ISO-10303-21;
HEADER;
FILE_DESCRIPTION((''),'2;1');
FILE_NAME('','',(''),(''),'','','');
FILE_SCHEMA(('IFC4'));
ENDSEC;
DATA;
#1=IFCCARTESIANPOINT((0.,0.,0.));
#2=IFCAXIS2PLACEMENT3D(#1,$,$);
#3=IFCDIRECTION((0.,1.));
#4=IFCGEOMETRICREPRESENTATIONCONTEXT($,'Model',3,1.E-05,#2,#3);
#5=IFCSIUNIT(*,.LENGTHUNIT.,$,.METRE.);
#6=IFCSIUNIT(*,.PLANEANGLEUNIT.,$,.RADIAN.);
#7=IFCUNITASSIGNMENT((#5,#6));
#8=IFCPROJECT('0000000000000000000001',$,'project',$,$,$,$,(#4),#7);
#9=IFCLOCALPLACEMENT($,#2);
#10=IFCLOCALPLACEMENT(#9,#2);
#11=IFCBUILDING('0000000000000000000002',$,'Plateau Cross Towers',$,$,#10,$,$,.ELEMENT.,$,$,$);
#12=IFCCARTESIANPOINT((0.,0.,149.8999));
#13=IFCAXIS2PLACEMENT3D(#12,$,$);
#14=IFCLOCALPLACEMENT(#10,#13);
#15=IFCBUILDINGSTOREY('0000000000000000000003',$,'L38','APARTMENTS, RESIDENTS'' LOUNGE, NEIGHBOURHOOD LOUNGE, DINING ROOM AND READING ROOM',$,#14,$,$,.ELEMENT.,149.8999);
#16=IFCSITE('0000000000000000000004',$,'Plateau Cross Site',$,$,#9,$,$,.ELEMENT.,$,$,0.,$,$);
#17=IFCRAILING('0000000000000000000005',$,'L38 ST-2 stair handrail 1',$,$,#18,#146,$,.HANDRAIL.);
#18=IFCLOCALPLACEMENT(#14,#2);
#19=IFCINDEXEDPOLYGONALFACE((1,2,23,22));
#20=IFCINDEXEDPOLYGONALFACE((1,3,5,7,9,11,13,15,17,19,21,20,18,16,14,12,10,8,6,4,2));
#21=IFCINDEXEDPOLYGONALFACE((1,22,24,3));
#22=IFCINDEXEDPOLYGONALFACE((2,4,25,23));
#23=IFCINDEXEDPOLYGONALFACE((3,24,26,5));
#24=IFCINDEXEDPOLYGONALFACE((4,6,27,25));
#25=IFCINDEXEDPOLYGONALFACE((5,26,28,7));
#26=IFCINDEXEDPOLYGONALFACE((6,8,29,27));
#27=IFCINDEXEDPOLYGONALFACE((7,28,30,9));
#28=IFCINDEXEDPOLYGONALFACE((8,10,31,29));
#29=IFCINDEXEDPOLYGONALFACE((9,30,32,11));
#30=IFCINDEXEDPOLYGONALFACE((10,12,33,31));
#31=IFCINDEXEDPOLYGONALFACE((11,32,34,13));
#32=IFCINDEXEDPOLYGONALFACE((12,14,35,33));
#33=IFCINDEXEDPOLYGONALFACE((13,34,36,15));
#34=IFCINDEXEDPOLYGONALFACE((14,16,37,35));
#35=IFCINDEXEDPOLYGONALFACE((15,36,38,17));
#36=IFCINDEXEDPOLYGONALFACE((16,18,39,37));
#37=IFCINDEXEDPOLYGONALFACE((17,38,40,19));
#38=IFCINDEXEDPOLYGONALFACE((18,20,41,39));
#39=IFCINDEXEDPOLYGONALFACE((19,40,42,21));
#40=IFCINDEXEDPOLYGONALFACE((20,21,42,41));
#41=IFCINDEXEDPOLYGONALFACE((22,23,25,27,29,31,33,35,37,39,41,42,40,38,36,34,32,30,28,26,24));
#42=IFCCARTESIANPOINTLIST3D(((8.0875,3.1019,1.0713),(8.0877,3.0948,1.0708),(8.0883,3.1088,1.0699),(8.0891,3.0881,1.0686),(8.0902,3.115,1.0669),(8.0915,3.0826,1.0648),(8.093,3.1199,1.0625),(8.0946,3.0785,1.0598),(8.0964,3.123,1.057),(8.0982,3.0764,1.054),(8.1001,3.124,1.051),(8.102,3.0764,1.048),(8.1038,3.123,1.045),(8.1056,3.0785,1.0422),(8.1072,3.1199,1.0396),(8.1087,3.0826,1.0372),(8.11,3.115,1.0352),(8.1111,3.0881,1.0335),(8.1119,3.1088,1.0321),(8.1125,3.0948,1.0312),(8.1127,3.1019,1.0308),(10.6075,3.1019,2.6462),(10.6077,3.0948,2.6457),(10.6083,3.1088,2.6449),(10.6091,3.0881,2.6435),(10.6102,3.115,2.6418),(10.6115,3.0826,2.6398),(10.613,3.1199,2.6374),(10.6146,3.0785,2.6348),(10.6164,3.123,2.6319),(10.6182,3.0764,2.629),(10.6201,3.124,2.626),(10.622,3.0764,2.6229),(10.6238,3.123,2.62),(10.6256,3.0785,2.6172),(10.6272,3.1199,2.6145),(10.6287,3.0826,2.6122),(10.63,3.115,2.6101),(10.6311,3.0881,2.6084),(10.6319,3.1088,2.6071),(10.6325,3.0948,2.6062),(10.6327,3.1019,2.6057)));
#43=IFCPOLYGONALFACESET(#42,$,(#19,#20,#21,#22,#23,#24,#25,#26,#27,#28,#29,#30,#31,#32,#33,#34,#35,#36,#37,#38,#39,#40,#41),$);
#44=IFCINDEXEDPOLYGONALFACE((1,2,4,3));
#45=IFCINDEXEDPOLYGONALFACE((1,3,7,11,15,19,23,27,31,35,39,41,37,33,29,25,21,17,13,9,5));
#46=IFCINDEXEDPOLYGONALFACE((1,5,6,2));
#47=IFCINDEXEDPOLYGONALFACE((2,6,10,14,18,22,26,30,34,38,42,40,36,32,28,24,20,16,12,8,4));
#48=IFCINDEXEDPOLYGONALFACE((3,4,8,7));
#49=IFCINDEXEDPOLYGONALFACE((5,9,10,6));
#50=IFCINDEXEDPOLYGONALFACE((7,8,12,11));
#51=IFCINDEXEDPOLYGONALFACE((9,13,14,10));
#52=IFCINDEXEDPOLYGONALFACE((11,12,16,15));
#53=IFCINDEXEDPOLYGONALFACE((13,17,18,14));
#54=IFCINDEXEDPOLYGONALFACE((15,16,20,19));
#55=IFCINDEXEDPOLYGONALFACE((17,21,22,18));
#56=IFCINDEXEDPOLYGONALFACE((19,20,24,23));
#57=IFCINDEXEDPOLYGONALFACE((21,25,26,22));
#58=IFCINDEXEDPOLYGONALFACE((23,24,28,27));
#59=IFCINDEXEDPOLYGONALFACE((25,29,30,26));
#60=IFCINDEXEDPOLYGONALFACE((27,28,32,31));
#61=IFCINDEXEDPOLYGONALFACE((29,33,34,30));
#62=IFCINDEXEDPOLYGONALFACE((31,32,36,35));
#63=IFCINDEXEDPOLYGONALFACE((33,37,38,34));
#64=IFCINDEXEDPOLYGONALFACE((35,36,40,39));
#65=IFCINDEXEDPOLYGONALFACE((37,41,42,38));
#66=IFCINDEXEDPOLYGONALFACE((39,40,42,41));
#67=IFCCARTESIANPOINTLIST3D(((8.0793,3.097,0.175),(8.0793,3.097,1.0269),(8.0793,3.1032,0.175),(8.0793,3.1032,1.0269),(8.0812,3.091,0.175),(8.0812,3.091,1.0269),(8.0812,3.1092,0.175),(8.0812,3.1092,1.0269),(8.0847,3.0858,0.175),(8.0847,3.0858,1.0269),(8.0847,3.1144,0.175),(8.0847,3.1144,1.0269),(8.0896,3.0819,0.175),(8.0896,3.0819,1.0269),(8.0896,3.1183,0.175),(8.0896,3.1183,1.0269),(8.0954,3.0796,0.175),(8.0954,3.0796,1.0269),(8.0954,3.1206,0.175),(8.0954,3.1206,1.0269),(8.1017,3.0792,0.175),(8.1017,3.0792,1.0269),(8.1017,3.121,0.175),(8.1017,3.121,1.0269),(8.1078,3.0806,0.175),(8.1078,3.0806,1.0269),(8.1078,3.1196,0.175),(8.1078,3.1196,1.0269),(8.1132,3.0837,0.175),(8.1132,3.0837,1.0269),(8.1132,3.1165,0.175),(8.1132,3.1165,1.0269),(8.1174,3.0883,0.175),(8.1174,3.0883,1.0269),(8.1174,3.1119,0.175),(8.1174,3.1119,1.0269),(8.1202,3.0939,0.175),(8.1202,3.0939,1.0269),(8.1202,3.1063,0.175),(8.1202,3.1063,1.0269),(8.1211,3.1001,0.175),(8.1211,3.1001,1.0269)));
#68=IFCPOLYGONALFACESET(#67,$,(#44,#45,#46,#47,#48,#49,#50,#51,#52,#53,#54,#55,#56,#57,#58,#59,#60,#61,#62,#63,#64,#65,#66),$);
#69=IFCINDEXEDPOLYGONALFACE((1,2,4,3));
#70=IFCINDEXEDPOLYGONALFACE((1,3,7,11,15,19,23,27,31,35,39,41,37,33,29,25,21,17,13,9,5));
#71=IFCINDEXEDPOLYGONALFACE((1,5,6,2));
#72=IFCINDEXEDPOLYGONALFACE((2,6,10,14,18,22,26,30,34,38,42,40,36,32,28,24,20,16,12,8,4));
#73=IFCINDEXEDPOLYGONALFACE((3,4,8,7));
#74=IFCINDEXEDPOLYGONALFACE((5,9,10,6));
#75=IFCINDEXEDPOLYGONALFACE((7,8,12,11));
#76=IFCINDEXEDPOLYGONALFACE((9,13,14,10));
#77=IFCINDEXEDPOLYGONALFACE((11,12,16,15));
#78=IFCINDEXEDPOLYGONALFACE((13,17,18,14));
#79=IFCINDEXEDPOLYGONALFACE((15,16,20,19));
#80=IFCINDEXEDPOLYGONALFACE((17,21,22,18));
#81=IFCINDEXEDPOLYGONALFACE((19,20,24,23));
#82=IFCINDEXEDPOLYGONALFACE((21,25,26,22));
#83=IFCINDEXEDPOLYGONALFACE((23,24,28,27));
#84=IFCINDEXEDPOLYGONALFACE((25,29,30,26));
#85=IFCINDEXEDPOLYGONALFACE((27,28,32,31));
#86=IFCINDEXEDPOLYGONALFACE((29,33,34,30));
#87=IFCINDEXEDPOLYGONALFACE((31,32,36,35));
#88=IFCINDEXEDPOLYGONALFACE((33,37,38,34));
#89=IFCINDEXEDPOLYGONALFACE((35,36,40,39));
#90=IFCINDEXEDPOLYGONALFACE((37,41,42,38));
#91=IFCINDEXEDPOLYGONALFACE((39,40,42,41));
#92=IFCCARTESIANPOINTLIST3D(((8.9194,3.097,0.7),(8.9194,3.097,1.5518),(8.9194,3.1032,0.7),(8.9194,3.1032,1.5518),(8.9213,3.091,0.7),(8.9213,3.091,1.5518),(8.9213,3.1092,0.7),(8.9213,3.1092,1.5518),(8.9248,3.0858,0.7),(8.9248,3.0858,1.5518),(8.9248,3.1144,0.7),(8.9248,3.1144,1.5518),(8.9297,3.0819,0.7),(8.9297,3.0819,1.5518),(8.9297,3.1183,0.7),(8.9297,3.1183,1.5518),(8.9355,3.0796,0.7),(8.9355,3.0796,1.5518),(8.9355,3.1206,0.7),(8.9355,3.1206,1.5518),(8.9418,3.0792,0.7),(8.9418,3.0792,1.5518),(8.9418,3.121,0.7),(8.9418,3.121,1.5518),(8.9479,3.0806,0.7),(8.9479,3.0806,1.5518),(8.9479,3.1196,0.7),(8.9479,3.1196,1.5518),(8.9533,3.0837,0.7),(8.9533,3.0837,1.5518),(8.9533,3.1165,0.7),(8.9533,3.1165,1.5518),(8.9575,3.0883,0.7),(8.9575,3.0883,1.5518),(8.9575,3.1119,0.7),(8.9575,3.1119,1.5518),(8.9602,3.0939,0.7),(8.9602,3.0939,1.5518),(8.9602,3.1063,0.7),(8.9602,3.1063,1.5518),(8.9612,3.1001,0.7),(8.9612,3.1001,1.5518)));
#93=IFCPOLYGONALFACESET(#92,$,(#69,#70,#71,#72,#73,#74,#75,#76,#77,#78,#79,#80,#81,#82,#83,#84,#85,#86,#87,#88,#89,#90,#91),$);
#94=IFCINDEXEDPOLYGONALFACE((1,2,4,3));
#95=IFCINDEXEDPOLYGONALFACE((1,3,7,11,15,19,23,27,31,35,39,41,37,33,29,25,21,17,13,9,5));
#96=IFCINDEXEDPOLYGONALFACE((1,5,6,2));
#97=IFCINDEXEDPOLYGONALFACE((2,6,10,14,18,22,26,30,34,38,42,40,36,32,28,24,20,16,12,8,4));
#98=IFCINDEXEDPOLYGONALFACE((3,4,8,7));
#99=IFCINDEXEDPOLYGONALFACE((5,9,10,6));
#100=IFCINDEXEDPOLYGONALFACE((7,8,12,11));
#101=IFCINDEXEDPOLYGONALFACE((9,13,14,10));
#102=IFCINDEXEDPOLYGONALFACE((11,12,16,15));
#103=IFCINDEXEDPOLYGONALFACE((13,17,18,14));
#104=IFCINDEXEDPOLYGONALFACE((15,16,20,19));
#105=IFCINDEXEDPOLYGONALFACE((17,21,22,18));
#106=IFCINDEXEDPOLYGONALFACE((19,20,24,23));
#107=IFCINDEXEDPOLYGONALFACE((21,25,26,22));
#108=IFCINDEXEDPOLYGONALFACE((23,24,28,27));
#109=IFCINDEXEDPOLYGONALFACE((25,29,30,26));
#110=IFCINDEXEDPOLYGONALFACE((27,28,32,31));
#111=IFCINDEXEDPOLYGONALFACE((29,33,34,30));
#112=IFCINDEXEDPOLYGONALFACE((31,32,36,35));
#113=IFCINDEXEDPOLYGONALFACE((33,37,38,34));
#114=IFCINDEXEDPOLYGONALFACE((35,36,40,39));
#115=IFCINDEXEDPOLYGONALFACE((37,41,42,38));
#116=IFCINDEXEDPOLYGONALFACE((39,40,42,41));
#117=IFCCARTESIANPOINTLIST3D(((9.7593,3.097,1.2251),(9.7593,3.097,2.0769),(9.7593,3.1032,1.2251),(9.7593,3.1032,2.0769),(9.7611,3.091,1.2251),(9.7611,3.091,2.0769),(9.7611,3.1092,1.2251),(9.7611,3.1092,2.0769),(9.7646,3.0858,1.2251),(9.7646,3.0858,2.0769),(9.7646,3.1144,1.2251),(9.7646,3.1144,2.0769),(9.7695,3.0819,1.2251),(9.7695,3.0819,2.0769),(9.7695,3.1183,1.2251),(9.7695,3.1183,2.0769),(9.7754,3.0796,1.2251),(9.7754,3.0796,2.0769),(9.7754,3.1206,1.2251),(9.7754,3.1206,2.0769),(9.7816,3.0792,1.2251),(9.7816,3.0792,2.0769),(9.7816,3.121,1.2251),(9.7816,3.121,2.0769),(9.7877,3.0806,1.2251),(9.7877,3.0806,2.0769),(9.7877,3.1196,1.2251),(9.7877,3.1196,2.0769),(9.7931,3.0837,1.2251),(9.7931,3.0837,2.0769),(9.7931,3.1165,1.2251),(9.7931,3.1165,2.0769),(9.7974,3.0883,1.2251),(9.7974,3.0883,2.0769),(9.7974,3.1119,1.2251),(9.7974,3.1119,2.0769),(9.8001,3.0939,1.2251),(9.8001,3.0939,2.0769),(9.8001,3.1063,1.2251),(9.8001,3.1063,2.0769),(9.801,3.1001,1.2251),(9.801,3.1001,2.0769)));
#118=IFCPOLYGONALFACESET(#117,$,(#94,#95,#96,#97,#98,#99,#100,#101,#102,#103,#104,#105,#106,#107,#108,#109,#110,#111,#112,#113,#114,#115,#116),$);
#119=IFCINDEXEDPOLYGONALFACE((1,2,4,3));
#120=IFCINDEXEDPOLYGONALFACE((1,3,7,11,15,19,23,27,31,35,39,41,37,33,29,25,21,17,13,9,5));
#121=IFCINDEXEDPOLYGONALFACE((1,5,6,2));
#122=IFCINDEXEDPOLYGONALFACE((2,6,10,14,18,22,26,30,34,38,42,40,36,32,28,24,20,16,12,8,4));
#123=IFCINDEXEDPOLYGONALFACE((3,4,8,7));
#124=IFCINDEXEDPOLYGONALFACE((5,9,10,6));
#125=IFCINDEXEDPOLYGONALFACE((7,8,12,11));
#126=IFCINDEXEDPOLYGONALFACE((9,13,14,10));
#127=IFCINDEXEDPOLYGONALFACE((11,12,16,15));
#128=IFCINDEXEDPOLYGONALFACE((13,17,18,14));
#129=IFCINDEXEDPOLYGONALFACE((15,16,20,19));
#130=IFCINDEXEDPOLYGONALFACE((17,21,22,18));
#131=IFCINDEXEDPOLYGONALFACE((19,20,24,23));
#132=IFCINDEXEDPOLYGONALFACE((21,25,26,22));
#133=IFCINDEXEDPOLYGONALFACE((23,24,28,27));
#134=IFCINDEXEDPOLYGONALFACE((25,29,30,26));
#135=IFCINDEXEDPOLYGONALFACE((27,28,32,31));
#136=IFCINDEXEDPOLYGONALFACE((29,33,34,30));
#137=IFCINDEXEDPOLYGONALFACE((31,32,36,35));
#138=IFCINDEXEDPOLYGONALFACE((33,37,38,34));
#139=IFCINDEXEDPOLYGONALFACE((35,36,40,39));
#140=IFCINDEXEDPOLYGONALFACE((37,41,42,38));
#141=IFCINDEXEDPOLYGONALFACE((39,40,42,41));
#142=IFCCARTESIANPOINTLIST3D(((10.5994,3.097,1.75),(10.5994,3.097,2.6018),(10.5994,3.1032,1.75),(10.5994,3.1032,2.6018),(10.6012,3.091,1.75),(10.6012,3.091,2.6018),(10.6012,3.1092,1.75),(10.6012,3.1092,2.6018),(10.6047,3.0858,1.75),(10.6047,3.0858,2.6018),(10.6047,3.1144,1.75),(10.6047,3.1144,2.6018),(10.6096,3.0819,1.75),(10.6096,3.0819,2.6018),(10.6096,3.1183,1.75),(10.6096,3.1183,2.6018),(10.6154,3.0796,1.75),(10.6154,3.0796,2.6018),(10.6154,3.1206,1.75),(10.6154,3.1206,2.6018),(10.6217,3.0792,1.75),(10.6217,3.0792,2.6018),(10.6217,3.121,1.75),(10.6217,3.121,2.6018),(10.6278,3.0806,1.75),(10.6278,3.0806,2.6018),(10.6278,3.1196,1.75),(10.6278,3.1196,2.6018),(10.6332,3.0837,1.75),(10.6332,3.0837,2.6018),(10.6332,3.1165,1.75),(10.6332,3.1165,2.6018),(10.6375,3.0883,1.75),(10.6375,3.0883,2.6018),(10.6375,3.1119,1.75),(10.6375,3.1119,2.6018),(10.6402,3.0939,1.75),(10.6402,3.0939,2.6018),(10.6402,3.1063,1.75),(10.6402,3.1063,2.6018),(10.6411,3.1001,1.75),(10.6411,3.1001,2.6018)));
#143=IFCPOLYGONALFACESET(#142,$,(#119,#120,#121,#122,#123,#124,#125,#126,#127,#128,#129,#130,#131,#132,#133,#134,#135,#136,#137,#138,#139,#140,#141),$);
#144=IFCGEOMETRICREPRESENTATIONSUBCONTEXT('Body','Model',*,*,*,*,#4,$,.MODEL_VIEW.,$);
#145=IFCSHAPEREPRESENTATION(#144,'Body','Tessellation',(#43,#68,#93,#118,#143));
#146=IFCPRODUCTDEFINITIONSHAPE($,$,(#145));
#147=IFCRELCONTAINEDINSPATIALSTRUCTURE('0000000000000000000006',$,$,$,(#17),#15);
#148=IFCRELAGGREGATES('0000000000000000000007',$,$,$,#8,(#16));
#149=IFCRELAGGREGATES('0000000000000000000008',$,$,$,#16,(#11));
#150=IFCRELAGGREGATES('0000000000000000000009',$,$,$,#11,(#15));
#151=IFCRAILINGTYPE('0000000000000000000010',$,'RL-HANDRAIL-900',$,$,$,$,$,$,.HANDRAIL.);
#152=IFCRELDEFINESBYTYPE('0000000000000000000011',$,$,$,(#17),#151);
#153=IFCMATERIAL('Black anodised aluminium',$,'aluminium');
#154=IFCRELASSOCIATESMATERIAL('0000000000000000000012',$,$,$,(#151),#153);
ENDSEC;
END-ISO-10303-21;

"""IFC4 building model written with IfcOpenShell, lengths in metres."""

from ifc_helpers import new_model, si_unit, direction, frame, origin, origin_2d, place, context, subcontext, project, spatial, circle, extrude, material, type_object, element, save


model = new_model("IFC4")

# Units and contexts
model_context = context("Model", 3, precision=1e-05, world=origin(), true_north=direction((0.0, 1.0)))
body_context = subcontext(model_context, "Body", "Model", "MODEL_VIEW")
ifc_project = project(units=[si_unit("LENGTHUNIT", "METRE"), si_unit("PLANEANGLEUNIT", "RADIAN")], contexts=[model_context])

# Site, building, storey
site_placement = place(None, origin())
site = spatial("IfcSite", under=ifc_project, at=site_placement, Name="Plateau Cross Site", CompositionType="ELEMENT", RefElevation=0.0)
building_placement = place(site_placement, origin())
building = spatial("IfcBuilding", under=site, at=building_placement, Name="Plateau Cross Towers", CompositionType="ELEMENT")
storey_placement = place(building_placement, frame((0.0, 0.0, 149.8999)))
storey = spatial("IfcBuildingStorey", under=building, at=storey_placement, Name="L38", Description="APARTMENTS, RESIDENTS' LOUNGE, NEIGHBOURHOOD LOUNGE, DINING ROOM AND READING ROOM", CompositionType="ELEMENT", Elevation=149.8999)

# Shared definitions
ifc_material_1 = material(Name="Black anodised aluminium", Category="aluminium")

# Railing
railing_type_1 = type_object("IfcRailingType", Name="RL-HANDRAIL-900", PredefinedType="HANDRAIL", material=ifc_material_1)
railing_1_placement = place(storey_placement, frame((8.1001, 3.1001, 0.175)))
element("IfcRailing", 1, at=railing_1_placement, inside=storey, type_object=railing_type_1, Name="L38 ST-2 stair handrail 1", PredefinedType="HANDRAIL", context=body_context, shape_type="SweptSolid", body=[
    extrude(circle(Radius=0.0239, at=origin_2d()), frame((0.0, 0.0, 0.876), z_axis=(0.848008, 0.0, 0.529984), x_axis=(0.0, 1.0, 0.0)), (0.0, 0.0, 1.0), 2.9717),
    extrude(circle(Radius=0.021, at=origin_2d()), origin(), (0.0, 0.0, 1.0), 0.8518),
    extrude(circle(Radius=0.021, at=origin_2d()), frame((0.8401, 0.0, 0.5249)), (0.0, 0.0, 1.0), 0.8518),
    extrude(circle(Radius=0.021, at=origin_2d()), frame((1.6799, 0.0, 1.05)), (0.0, 0.0, 1.0), 0.8518),
    extrude(circle(Radius=0.021, at=origin_2d()), frame((2.52, 0.0, 1.575)), (0.0, 0.0, 1.0), 0.8518),
])

save(model, "model.ifc")
